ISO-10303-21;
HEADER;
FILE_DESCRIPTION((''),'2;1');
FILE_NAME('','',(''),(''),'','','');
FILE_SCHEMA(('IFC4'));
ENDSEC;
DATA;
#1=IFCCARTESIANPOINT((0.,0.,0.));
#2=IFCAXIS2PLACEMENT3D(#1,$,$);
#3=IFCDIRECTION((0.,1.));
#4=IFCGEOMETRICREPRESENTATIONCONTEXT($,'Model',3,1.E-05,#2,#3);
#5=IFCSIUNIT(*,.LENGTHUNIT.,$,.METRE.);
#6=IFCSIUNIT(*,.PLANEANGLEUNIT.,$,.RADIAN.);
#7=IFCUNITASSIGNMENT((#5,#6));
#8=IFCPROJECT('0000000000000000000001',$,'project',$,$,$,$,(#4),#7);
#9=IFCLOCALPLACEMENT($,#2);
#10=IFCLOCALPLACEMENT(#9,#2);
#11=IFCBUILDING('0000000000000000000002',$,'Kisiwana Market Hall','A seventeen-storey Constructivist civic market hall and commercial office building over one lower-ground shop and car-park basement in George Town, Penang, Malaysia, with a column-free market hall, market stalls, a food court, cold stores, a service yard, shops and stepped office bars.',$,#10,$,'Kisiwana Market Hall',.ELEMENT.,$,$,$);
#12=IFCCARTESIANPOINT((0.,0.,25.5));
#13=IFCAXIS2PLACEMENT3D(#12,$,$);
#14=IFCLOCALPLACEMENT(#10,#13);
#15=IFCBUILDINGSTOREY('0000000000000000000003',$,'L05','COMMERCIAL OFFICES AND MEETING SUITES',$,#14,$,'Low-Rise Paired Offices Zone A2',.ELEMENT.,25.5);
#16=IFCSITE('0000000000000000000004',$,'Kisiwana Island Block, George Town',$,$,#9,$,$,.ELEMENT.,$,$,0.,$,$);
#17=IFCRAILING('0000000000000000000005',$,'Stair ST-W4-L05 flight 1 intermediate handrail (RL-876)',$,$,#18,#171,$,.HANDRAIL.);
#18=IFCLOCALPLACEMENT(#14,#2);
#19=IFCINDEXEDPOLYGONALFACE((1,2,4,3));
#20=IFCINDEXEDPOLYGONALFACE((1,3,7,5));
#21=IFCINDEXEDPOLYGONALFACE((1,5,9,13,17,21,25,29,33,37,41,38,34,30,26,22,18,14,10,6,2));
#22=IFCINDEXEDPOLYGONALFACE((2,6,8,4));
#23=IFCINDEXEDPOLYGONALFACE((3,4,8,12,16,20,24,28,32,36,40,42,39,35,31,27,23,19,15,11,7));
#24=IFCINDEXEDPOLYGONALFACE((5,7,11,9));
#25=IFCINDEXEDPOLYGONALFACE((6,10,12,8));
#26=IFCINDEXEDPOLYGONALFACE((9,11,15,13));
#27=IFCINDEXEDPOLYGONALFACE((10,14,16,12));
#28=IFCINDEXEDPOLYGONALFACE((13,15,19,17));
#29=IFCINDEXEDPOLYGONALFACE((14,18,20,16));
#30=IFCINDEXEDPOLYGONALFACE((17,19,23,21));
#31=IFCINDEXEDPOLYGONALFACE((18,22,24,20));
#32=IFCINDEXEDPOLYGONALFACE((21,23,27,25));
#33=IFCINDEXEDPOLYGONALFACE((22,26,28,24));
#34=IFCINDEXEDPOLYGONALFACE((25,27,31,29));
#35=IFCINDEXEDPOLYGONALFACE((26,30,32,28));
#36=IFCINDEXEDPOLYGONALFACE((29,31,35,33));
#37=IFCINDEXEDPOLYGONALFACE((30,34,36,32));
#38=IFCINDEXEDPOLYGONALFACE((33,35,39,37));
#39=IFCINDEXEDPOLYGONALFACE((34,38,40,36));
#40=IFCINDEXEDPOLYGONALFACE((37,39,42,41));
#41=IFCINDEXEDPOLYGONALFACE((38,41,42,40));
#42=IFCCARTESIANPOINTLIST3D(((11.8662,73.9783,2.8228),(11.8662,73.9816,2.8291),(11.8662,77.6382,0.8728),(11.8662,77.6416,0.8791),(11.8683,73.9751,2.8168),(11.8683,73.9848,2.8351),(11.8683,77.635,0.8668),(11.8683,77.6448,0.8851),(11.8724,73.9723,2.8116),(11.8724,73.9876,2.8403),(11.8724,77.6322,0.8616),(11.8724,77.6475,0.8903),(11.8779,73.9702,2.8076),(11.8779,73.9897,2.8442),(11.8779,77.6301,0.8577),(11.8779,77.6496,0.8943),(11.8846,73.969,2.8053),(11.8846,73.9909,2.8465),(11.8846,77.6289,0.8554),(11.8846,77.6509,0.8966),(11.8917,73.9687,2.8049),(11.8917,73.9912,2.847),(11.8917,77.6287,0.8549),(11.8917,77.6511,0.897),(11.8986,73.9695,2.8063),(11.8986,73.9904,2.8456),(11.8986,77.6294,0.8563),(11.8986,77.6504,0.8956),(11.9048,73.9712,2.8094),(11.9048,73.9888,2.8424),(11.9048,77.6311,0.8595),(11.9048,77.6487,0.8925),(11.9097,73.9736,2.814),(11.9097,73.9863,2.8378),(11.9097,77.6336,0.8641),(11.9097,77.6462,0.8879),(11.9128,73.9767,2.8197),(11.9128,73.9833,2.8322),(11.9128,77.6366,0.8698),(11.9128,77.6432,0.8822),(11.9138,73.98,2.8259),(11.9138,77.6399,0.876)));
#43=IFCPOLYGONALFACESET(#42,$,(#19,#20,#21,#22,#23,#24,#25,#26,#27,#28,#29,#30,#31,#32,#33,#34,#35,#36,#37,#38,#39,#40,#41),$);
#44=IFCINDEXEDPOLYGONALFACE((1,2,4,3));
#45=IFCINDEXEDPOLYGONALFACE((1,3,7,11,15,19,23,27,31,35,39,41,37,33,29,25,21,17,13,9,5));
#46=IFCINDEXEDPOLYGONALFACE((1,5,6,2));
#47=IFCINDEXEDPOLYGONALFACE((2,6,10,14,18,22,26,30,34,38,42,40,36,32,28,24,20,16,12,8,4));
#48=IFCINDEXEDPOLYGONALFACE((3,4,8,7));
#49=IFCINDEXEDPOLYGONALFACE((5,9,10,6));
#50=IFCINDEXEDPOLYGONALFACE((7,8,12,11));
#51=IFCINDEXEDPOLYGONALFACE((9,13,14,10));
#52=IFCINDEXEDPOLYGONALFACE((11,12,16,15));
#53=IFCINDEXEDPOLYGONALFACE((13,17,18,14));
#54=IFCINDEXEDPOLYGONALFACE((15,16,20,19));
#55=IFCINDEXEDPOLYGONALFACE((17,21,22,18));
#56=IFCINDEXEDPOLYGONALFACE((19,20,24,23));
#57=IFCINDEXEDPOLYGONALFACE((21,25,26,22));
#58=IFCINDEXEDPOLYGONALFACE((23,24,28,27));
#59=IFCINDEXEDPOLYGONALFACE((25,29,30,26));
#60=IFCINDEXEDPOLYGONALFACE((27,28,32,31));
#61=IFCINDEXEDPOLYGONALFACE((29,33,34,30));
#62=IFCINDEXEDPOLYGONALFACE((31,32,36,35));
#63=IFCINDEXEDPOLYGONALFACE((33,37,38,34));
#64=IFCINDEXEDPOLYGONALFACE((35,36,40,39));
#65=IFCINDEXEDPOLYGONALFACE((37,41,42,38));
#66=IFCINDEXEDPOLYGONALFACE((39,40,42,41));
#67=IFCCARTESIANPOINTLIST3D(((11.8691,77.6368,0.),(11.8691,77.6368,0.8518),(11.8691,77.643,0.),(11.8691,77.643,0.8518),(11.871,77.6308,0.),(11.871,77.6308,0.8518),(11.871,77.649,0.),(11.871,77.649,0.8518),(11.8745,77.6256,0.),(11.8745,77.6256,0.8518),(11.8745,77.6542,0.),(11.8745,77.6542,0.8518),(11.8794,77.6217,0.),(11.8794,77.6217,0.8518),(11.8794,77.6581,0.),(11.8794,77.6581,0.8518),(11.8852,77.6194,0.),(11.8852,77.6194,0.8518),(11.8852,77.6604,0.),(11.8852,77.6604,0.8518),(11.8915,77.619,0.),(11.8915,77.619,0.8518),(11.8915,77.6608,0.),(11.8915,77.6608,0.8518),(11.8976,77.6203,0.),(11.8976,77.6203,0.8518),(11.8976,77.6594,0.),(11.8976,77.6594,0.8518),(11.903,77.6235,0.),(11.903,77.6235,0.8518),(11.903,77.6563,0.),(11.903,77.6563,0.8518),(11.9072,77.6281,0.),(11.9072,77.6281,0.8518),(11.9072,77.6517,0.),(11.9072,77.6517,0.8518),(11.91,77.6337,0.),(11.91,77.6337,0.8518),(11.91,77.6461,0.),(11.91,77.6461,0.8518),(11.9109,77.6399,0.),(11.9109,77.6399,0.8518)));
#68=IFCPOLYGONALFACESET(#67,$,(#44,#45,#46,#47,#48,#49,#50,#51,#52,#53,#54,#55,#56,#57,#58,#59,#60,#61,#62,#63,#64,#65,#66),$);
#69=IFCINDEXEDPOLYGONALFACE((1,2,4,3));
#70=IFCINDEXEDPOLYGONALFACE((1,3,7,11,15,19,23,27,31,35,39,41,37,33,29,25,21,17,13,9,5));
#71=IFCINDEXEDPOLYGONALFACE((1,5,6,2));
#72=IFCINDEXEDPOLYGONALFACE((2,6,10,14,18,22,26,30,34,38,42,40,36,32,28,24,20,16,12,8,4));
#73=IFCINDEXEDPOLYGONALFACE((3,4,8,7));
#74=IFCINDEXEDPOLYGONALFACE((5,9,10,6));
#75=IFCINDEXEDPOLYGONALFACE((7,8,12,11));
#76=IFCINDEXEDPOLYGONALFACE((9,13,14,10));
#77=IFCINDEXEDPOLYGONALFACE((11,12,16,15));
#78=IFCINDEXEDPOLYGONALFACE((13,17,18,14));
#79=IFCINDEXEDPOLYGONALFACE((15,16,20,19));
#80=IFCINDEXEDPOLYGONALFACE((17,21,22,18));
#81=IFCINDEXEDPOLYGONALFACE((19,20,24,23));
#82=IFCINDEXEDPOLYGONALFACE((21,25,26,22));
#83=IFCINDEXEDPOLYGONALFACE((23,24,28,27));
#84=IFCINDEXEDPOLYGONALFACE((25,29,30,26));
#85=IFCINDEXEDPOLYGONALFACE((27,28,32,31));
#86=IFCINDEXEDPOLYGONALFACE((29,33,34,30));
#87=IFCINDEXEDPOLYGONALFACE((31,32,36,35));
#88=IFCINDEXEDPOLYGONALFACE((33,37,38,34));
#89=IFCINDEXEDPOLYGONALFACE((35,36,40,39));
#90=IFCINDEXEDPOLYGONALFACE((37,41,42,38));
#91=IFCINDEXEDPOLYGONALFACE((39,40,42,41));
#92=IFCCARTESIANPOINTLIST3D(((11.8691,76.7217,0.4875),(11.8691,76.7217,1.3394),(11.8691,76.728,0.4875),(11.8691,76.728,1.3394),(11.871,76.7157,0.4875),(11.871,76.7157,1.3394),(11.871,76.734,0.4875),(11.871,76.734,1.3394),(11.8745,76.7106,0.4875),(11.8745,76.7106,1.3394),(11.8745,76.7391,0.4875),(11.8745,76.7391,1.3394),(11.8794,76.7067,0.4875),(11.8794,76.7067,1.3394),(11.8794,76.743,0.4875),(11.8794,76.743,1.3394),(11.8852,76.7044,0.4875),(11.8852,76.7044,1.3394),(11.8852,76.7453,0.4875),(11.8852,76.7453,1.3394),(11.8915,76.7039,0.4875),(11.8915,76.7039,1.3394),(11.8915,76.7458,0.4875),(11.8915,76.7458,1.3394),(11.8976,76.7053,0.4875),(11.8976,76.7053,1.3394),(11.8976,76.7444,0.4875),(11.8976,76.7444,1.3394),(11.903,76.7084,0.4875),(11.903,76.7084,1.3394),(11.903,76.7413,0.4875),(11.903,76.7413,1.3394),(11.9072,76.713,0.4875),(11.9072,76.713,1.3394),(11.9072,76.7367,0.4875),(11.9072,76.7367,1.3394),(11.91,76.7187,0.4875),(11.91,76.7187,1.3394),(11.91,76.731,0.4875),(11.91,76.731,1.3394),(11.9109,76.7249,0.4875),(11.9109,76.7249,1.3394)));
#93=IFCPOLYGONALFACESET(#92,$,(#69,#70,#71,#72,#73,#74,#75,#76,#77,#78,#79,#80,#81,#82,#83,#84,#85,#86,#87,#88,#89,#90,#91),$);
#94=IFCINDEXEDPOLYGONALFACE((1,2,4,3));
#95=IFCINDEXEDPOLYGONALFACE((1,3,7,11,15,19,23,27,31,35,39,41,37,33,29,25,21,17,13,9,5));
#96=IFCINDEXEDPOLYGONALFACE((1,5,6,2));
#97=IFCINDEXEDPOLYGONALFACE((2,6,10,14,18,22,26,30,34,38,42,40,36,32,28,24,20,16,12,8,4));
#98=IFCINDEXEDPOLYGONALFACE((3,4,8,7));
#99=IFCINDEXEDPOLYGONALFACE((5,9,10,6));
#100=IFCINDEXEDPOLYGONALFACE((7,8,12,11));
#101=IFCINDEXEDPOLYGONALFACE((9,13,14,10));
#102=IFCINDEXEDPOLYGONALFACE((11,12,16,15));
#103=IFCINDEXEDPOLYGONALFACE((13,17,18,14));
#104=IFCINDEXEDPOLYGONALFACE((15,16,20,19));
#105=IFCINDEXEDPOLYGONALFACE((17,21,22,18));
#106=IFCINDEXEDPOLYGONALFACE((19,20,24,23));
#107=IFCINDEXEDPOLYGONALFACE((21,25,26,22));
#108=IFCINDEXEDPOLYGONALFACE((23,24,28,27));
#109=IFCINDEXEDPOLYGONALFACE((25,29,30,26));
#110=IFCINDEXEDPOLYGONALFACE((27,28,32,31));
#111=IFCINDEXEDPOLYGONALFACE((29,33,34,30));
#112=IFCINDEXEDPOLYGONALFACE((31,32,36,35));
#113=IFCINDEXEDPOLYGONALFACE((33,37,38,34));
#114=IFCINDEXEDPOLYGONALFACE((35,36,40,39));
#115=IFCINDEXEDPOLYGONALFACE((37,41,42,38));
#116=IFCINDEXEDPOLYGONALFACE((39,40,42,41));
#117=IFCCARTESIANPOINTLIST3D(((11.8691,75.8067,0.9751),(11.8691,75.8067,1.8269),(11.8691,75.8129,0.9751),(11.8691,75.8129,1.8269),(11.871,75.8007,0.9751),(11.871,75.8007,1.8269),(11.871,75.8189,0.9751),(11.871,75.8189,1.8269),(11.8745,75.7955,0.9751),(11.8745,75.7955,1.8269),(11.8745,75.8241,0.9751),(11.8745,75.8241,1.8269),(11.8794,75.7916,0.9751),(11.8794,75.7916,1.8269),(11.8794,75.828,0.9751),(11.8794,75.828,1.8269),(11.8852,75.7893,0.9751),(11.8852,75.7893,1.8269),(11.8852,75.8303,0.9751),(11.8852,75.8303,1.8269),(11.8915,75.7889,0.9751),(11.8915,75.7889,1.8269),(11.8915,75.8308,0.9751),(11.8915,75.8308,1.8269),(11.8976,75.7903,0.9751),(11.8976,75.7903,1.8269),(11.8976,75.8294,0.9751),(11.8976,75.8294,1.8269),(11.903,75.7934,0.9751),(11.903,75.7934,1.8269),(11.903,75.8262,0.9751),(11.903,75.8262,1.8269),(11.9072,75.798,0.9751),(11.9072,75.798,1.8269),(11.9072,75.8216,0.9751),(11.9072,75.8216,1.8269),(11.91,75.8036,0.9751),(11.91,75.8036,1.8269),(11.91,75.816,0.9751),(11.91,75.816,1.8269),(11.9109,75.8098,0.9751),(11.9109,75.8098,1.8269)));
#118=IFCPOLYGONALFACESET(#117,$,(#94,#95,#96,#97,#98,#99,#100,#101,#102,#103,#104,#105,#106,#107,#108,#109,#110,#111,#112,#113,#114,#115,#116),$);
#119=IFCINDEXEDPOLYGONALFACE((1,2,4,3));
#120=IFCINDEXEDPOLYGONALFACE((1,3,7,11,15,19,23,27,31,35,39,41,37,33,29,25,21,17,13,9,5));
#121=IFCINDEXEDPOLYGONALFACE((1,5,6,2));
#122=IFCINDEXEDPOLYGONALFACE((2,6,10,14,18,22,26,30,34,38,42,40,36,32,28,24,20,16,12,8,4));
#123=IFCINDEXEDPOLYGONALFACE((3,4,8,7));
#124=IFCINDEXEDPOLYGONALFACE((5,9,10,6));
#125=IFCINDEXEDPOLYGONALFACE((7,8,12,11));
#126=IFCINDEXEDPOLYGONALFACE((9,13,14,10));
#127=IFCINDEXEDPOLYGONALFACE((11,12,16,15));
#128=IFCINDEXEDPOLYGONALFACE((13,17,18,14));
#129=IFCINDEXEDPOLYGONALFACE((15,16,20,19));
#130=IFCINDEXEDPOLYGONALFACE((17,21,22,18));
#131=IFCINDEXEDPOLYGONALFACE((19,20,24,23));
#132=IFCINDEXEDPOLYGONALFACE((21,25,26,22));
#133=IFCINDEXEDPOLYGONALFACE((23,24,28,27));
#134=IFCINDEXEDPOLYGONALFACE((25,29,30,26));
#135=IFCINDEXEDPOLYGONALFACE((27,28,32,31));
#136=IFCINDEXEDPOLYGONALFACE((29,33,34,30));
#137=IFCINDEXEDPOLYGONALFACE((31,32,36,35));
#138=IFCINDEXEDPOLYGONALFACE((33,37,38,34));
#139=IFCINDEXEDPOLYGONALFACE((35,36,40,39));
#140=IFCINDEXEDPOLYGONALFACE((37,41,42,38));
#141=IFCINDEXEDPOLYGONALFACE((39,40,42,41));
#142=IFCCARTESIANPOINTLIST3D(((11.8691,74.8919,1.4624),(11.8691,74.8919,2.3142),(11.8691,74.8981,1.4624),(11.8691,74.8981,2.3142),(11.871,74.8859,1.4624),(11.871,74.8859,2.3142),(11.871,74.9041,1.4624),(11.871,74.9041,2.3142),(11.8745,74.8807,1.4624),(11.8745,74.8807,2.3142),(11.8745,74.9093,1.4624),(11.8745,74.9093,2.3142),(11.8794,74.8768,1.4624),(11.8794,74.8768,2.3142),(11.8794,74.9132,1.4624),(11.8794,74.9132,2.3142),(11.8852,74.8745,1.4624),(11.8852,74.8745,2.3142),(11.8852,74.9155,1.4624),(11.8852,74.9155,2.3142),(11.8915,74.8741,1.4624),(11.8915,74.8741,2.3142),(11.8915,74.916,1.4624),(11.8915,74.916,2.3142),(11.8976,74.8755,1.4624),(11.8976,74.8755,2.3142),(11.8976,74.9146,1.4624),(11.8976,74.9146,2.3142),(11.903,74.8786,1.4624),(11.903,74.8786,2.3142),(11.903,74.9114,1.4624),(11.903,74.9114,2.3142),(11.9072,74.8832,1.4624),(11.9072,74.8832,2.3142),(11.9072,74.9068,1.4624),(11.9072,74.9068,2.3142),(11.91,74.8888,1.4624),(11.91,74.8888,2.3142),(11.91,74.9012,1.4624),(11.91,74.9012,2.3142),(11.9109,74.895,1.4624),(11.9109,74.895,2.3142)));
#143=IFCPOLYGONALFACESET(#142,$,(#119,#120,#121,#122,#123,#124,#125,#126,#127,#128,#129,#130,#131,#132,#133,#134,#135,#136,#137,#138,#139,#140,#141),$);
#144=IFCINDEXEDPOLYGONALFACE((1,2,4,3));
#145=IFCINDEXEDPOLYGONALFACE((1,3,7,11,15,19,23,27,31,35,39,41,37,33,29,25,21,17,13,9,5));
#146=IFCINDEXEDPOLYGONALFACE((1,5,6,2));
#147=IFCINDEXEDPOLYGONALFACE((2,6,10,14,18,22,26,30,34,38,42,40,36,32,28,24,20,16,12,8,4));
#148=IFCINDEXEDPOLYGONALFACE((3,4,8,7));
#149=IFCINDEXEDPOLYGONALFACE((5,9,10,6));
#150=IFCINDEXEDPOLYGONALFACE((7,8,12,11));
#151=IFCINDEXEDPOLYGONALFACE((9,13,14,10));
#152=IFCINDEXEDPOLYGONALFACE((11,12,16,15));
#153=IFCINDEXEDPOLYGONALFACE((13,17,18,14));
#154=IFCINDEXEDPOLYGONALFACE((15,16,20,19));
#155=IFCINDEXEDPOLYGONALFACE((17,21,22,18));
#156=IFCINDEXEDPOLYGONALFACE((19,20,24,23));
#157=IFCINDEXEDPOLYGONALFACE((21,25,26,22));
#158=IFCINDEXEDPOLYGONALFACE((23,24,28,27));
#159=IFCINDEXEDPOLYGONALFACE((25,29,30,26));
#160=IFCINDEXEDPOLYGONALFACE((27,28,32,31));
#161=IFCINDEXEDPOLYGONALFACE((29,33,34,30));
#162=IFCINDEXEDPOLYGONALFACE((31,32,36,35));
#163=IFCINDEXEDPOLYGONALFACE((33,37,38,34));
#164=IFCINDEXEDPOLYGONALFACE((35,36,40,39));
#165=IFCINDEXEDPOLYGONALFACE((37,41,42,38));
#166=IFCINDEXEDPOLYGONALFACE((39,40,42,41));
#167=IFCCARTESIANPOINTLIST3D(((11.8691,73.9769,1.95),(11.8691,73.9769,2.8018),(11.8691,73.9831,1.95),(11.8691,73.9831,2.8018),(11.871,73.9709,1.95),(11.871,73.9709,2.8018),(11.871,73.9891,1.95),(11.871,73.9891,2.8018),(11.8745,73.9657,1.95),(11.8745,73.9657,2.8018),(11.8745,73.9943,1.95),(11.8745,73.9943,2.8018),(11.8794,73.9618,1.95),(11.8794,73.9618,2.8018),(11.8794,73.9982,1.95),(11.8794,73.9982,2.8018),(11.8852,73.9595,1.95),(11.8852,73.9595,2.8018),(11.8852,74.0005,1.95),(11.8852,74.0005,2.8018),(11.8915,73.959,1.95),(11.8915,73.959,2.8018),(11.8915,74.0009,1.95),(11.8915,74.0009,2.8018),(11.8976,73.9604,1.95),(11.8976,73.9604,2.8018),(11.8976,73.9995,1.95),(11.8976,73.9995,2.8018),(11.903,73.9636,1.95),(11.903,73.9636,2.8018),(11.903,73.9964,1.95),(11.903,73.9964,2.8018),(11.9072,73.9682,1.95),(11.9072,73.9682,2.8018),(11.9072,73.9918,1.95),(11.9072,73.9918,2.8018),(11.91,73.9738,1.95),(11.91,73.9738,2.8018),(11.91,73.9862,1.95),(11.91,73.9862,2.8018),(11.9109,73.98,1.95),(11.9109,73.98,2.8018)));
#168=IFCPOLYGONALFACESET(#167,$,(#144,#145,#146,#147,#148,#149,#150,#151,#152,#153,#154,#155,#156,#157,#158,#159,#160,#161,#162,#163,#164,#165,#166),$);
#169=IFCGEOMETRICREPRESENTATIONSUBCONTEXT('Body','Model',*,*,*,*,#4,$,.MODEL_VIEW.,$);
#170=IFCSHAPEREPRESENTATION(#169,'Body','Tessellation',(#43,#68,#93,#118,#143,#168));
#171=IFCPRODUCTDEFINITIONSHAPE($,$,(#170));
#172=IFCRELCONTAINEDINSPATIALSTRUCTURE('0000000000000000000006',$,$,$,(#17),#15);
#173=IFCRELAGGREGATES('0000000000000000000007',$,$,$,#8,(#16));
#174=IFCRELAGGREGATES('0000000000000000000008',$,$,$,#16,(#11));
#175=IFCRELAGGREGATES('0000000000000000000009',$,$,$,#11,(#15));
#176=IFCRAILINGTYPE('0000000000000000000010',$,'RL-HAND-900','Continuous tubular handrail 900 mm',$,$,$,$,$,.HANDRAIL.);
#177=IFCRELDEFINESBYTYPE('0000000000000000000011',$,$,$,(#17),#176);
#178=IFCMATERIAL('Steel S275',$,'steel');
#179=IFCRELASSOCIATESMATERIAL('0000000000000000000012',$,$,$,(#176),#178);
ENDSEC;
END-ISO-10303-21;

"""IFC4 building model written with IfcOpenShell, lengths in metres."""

from ifc_helpers import new_model, si_unit, direction, frame, origin, origin_2d, place, context, subcontext, project, spatial, circle, extrude, material, type_object, element, save


model = new_model("IFC4")

# Units and contexts
model_context = context("Model", 3, precision=1e-05, world=origin(), true_north=direction((0.0, 1.0)))
body_context = subcontext(model_context, "Body", "Model", "MODEL_VIEW")
ifc_project = project(units=[si_unit("LENGTHUNIT", "METRE"), si_unit("PLANEANGLEUNIT", "RADIAN")], contexts=[model_context])

# Site, building, storey
site_placement = place(None, origin())
site = spatial("IfcSite", under=ifc_project, at=site_placement, Name="Kisiwana Island Block, George Town", CompositionType="ELEMENT", RefElevation=0.0)
building_placement = place(site_placement, origin())
building = spatial("IfcBuilding", under=site, at=building_placement, Name="Kisiwana Market Hall", Description="A seventeen-storey Constructivist civic market hall and commercial office building over one lower-ground shop and car-park basement in George Town, Penang, Malaysia, with a column-free market hall, market stalls, a food court, cold stores, a service yard, shops and stepped office bars.", LongName="Kisiwana Market Hall", CompositionType="ELEMENT")
storey_placement = place(building_placement, frame((0.0, 0.0, 25.5)))
storey = spatial("IfcBuildingStorey", under=building, at=storey_placement, Name="L05", Description="COMMERCIAL OFFICES AND MEETING SUITES", LongName="Low-Rise Paired Offices Zone A2", CompositionType="ELEMENT", Elevation=25.5)

# Railing
ifc_material_1 = material(Name="Steel S275", Category="steel")
railing_type_1 = type_object("IfcRailingType", Name="RL-HAND-900", Description="Continuous tubular handrail 900 mm", PredefinedType="HANDRAIL", material=ifc_material_1)
railing_1_placement = place(storey_placement, frame((11.8899, 77.6399, 0.0)))
element("IfcRailing", 1, at=railing_1_placement, inside=storey, type_object=railing_type_1, Name="Stair ST-W4-L05 flight 1 intermediate handrail (RL-876)", PredefinedType="HANDRAIL", context=body_context, shape_type="SweptSolid", body=[
    extrude(circle(Radius=0.0239, at=origin_2d()), frame((0.0, 0.0, 0.876), z_axis=(0.0, -0.882553, 0.470212), x_axis=(1.0, 0.0, 0.0)), (0.0, 0.0, 1.0), 4.147),
    extrude(circle(Radius=0.021, at=origin_2d()), origin(), (0.0, 0.0, 1.0), 0.8518),
    extrude(circle(Radius=0.021, at=origin_2d()), frame((0.0, -0.915, 0.4875)), (0.0, 0.0, 1.0), 0.8518),
    extrude(circle(Radius=0.021, at=origin_2d()), frame((0.0, -1.8301, 0.9751)), (0.0, 0.0, 1.0), 0.8518),
    extrude(circle(Radius=0.021, at=origin_2d()), frame((0.0, -2.7449, 1.4624)), (0.0, 0.0, 1.0), 0.8518),
    extrude(circle(Radius=0.021, at=origin_2d()), frame((0.0, -3.6599, 1.95)), (0.0, 0.0, 1.0), 0.8518),
])

save(model, "model.ifc")
